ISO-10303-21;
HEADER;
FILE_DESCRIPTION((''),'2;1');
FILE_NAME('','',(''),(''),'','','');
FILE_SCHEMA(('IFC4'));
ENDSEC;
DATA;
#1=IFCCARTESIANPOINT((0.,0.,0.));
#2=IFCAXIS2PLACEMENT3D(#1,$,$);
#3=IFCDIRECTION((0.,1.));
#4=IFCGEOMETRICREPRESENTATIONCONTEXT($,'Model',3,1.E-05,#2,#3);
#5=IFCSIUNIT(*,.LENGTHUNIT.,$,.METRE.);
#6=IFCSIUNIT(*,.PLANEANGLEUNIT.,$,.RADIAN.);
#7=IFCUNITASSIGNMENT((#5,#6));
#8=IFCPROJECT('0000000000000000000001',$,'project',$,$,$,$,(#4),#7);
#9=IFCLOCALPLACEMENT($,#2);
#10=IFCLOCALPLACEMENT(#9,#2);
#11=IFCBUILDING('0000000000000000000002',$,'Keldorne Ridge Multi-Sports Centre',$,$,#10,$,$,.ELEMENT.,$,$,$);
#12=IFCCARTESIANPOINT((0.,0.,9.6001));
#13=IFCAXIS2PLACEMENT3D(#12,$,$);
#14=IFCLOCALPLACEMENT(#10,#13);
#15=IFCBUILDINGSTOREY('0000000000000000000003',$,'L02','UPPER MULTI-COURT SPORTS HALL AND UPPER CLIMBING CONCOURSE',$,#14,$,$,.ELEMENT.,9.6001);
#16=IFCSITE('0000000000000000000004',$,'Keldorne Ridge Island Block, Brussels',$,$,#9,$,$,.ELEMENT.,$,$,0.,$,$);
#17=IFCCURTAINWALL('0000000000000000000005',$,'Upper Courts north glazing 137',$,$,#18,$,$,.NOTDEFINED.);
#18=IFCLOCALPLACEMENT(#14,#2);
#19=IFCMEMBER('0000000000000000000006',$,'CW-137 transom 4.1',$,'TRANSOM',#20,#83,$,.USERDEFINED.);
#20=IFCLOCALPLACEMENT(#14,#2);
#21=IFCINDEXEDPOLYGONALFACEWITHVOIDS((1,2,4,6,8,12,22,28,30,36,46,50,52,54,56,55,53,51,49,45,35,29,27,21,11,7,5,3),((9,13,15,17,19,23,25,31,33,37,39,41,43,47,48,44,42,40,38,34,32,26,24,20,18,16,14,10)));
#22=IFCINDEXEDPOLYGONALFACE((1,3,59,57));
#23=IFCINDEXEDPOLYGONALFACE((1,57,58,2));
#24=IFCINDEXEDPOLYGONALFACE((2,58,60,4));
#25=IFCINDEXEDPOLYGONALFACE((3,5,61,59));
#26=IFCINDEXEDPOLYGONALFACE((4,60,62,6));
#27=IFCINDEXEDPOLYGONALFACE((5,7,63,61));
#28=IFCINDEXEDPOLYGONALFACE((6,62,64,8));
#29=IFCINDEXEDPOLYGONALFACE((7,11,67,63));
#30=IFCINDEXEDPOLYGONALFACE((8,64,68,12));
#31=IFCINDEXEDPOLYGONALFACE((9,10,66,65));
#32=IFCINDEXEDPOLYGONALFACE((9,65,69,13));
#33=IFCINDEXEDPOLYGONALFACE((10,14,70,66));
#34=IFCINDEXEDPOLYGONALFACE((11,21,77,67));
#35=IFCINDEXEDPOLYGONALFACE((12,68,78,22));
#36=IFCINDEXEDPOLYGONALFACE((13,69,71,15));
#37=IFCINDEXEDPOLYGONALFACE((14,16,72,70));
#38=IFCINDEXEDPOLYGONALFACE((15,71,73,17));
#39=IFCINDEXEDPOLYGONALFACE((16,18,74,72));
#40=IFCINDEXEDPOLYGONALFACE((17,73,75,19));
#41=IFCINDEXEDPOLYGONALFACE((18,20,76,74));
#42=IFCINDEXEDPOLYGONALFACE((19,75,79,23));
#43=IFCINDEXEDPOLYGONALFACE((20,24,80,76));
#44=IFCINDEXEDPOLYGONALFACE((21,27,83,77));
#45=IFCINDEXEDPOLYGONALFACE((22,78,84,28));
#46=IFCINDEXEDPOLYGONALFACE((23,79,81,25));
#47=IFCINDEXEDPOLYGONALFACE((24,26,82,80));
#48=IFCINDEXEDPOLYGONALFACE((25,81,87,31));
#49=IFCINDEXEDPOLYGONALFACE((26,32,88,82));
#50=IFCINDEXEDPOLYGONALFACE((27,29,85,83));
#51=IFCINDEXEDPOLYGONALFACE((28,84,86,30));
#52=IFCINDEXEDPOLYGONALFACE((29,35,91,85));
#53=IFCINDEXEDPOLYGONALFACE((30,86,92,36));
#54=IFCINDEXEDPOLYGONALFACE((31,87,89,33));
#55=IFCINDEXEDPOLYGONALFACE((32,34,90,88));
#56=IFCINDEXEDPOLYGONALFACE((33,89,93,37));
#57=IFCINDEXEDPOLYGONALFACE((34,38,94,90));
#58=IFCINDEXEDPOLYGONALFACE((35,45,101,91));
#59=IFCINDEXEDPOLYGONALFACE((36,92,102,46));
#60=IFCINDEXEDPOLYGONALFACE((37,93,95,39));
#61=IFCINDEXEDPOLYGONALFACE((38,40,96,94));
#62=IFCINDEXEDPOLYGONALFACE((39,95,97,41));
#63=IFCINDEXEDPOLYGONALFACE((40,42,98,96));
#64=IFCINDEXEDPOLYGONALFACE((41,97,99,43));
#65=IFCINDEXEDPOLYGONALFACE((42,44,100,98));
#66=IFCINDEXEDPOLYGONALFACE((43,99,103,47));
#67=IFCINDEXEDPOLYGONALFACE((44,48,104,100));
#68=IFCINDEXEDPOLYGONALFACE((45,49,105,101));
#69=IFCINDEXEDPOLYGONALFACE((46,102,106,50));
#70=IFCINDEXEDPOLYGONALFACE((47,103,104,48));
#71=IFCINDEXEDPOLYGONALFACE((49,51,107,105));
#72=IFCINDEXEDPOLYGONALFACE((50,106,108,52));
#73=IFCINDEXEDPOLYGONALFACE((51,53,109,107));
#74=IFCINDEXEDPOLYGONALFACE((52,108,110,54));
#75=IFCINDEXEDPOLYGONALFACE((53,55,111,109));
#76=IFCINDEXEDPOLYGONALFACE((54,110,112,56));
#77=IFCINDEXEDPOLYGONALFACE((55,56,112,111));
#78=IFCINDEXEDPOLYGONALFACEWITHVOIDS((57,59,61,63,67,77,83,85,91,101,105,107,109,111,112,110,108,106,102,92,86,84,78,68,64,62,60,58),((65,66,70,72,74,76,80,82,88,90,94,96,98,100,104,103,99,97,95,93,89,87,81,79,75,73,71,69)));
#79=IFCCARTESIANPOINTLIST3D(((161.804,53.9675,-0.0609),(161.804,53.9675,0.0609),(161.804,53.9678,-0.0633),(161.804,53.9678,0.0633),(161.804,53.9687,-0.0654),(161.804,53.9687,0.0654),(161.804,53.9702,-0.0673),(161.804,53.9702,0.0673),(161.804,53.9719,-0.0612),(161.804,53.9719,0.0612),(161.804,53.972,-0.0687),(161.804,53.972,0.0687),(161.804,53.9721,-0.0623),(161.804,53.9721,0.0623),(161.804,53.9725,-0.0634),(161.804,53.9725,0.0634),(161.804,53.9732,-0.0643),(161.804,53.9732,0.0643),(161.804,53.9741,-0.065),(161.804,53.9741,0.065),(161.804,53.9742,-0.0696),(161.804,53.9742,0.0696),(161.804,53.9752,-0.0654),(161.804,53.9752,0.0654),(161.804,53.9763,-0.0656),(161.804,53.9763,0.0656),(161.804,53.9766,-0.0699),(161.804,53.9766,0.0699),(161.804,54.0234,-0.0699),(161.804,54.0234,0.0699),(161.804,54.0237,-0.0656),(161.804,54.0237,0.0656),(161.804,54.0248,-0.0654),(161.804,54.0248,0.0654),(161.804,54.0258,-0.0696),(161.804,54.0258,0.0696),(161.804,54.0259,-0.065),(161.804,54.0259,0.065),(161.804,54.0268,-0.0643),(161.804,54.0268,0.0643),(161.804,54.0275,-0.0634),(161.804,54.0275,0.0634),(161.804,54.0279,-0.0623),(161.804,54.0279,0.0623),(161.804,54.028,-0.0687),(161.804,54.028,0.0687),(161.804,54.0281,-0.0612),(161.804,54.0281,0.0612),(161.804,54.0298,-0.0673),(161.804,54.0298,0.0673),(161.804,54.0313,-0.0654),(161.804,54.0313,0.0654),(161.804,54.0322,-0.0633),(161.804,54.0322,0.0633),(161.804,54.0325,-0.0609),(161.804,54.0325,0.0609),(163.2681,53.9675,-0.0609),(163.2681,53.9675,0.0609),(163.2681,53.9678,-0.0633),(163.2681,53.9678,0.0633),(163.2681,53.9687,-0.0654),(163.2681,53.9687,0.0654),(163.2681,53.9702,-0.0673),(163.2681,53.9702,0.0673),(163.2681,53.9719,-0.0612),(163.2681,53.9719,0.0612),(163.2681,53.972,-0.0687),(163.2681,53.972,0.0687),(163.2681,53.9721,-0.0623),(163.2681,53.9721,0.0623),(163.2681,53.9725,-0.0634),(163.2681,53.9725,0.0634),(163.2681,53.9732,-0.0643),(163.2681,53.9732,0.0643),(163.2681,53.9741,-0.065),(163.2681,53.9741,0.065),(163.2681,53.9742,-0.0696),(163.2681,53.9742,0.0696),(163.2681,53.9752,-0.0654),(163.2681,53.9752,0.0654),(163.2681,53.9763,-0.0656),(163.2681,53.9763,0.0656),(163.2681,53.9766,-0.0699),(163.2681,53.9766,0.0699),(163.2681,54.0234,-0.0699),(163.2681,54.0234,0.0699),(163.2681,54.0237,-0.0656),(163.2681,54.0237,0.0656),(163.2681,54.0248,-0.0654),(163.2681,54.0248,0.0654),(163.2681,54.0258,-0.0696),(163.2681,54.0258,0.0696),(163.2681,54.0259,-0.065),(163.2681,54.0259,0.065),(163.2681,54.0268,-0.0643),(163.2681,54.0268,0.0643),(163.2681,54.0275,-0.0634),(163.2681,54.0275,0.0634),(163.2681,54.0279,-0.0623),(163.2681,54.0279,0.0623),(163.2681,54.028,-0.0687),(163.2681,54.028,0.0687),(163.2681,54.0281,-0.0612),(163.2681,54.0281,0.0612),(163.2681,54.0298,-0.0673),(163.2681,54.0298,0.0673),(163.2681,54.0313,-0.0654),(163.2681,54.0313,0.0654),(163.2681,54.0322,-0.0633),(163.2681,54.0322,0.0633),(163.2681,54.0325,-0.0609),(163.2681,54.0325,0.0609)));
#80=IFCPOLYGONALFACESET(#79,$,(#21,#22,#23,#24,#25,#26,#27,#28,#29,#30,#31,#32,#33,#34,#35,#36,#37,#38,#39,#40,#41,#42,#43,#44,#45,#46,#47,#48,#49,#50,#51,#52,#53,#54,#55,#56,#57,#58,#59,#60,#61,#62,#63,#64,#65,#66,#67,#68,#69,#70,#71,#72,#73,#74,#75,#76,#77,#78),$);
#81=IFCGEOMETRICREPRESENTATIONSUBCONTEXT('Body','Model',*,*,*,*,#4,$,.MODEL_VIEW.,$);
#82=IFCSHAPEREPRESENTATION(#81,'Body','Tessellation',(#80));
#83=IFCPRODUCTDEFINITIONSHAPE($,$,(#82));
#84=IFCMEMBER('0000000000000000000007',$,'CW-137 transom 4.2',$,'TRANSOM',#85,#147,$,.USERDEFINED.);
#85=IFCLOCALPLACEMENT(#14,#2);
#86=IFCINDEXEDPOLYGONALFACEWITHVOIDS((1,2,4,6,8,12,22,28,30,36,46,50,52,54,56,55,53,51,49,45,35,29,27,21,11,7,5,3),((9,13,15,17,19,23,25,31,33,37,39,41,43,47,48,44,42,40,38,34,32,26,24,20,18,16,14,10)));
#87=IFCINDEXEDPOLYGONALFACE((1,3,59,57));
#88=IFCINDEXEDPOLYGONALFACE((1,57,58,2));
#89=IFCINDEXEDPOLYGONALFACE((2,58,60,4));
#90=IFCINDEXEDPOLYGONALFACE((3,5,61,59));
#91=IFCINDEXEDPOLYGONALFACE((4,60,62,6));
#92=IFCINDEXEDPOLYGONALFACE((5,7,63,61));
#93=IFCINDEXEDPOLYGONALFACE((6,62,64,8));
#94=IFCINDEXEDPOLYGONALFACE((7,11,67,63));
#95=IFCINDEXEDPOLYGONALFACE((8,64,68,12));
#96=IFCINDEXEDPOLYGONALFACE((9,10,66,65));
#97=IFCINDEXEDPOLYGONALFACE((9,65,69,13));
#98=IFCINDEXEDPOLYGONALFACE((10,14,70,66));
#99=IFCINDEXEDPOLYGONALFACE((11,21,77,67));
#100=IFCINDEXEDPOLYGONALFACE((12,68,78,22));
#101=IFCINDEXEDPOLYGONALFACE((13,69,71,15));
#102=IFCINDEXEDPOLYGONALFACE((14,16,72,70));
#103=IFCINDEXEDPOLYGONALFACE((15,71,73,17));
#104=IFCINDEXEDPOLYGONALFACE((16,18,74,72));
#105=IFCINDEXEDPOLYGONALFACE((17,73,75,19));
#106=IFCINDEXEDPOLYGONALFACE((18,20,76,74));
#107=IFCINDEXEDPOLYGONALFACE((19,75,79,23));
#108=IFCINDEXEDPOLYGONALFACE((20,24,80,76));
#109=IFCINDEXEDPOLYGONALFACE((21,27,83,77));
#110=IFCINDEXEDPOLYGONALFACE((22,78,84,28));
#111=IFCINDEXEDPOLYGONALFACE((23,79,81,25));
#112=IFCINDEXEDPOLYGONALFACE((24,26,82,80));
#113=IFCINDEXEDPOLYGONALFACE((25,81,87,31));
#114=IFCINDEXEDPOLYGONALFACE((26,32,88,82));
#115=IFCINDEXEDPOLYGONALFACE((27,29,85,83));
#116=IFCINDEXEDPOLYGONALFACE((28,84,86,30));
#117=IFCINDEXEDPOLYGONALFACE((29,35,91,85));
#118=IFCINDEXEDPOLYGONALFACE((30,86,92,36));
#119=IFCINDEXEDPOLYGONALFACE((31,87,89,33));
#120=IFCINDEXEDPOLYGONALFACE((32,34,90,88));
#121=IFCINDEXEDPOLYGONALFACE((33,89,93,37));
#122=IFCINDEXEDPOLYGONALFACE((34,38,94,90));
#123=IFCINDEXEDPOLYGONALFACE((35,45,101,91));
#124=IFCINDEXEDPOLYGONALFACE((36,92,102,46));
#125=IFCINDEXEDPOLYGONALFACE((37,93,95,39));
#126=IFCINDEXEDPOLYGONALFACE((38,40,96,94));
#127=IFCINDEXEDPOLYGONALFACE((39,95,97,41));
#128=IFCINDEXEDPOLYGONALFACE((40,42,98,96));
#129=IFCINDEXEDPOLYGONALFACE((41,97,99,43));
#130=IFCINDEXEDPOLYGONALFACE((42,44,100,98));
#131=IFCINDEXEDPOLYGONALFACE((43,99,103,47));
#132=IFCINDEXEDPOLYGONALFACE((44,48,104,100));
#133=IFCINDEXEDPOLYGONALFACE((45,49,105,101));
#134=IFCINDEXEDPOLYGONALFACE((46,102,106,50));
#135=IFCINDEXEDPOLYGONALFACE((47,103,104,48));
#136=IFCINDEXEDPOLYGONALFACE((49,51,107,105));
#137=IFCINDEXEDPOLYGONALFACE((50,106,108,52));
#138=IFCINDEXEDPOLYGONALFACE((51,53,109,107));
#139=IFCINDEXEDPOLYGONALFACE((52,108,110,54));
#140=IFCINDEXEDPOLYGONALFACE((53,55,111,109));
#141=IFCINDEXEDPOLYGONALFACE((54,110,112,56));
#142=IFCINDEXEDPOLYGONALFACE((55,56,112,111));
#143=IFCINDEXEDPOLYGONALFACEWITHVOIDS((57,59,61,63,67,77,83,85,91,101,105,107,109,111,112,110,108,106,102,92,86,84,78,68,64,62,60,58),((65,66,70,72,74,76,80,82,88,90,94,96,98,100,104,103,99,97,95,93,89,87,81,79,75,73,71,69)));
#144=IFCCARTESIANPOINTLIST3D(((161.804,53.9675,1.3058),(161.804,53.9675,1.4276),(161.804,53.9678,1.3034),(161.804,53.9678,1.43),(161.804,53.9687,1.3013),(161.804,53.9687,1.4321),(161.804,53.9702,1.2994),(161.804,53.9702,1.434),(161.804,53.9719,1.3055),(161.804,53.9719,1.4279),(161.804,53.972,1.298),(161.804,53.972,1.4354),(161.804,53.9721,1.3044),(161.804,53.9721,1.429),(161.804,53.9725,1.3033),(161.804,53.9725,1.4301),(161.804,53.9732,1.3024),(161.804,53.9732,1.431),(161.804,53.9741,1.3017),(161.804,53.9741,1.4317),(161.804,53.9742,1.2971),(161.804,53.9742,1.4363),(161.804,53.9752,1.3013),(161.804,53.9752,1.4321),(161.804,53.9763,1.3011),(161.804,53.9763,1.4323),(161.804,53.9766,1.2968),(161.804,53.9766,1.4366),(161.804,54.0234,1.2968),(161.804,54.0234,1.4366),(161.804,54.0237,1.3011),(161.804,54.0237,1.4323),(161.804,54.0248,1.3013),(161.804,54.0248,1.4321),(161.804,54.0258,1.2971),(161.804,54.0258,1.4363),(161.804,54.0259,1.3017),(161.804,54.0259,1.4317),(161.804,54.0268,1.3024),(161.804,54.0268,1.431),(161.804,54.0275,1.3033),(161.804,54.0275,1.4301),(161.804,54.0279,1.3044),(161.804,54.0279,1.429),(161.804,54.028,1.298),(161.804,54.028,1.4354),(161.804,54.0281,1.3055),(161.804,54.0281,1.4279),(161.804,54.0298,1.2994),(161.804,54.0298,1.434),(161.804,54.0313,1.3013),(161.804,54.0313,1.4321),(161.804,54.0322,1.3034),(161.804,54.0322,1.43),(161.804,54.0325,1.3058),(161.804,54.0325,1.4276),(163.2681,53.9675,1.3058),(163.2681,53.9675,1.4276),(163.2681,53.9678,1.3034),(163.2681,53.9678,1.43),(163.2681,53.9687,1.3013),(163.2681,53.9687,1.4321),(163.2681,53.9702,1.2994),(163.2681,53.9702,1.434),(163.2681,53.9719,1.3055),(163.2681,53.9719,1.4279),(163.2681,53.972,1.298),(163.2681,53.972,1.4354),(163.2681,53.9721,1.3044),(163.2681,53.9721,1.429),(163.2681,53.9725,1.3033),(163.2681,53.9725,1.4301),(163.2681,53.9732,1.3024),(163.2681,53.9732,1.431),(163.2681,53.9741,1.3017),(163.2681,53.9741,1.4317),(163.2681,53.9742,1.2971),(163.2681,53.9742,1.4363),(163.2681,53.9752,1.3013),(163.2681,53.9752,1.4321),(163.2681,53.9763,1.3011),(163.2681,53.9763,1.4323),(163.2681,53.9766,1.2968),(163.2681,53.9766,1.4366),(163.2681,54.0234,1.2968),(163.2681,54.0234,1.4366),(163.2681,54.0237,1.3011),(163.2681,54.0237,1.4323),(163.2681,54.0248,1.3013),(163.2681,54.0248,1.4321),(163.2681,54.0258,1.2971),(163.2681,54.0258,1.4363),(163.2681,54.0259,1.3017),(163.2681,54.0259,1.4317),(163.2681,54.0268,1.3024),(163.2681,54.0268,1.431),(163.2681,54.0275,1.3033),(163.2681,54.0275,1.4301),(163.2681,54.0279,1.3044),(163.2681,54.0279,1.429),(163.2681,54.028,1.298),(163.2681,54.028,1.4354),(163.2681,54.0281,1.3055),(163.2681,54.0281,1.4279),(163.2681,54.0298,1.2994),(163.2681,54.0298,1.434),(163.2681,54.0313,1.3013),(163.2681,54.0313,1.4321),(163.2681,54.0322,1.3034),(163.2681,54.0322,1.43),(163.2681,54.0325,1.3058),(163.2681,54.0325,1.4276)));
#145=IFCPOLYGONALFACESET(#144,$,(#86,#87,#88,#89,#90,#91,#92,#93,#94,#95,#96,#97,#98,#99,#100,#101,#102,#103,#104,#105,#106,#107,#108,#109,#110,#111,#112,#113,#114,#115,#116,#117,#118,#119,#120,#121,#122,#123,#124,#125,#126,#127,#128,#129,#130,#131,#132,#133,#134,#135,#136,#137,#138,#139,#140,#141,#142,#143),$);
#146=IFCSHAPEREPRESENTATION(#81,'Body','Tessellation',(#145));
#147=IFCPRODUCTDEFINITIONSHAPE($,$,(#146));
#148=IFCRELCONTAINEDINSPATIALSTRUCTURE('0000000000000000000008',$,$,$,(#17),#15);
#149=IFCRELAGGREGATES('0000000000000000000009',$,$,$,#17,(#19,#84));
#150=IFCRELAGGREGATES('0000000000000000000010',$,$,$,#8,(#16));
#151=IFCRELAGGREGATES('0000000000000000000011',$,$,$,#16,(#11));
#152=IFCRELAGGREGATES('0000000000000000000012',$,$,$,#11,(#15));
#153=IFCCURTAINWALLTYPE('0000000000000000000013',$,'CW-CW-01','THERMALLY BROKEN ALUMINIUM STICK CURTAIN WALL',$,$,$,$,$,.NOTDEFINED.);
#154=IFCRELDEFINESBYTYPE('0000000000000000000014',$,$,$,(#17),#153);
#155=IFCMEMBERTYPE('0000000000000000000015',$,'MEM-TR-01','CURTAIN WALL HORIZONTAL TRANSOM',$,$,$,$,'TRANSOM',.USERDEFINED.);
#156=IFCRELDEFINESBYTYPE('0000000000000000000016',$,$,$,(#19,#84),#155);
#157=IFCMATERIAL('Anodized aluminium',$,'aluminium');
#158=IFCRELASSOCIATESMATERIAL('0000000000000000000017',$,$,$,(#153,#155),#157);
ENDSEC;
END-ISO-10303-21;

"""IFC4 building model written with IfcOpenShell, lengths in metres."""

from ifc_helpers import new_model, si_unit, direction, frame, origin, origin_2d, place, context, subcontext, project, spatial, hollow_rectangle, extrude, material, material_profile, profile_set, type_object, element, aggregate, save


model = new_model("IFC4")

# Units and contexts
model_context = context("Model", 3, precision=1e-05, world=origin(), true_north=direction((0.0, 1.0)))
body_context = subcontext(model_context, "Body", "Model", "MODEL_VIEW")
ifc_project = project(units=[si_unit("LENGTHUNIT", "METRE"), si_unit("PLANEANGLEUNIT", "RADIAN")], contexts=[model_context])

# Site, building, storey
site_placement = place(None, origin())
site = spatial("IfcSite", under=ifc_project, at=site_placement, Name="Keldorne Ridge Island Block, Brussels", CompositionType="ELEMENT", RefElevation=0.0)
building_placement = place(site_placement, origin())
building = spatial("IfcBuilding", under=site, at=building_placement, Name="Keldorne Ridge Multi-Sports Centre", CompositionType="ELEMENT")
storey_placement = place(building_placement, frame((0.0, 0.0, 9.6001)))
storey = spatial("IfcBuildingStorey", under=building, at=storey_placement, Name="L02", Description="UPPER MULTI-COURT SPORTS HALL AND UPPER CLIMBING CONCOURSE", CompositionType="ELEMENT", Elevation=9.6001)

# Curtain wall
ifc_material_1 = material(Name="Anodized aluminium", Category="aluminium")
curtain_wall_type_1 = type_object("IfcCurtainWallType", Name="CW-CW-01", Description="THERMALLY BROKEN ALUMINIUM STICK CURTAIN WALL", PredefinedType="NOTDEFINED", material=ifc_material_1)
curtain_wall_1_placement = place(storey_placement, origin())
curtain_wall_1 = element("IfcCurtainWall", 1, at=curtain_wall_1_placement, inside=storey, type_object=curtain_wall_type_1, Name="Upper Courts north glazing 137", PredefinedType="NOTDEFINED")
ifc_material_profile_1 = material_profile(ifc_material_1, hollow_rectangle(XDim=0.0649, YDim=0.1399, WallThickness=0.0044, InnerFilletRadius=0.0044, OuterFilletRadius=0.009, at=origin_2d()), Name="ALU TRANSOM 140x65x4.5")
ifc_profile_set_1 = profile_set([ifc_material_profile_1], Name="Anodized aluminium")
member_type_1 = type_object("IfcMemberType", Name="MEM-TR-01", Description="CURTAIN WALL HORIZONTAL TRANSOM", ElementType="TRANSOM", PredefinedType="USERDEFINED", material=ifc_profile_set_1)

# Members
member_1_placement = place(storey_placement, frame((163.2681, 54.0, 0.0), z_axis=(-1.0, 0.0, 0.0), x_axis=(0.0, -1.0, 0.0)))
member_1 = element("IfcMember", 2, at=member_1_placement, type_object=member_type_1, Name="CW-137 transom 4.1", ObjectType="TRANSOM", PredefinedType="USERDEFINED", context=body_context, shape_type="SweptSolid", body=[
    extrude(hollow_rectangle(XDim=0.0649, YDim=0.1399, WallThickness=0.0044, InnerFilletRadius=0.0044, OuterFilletRadius=0.009, at=origin_2d()), origin(), (0.0, 0.0, 1.0), 1.4641),
])
member_2_placement = place(storey_placement, frame((163.2681, 54.0, 1.3667), z_axis=(-1.0, 0.0, 0.0), x_axis=(0.0, -1.0, 0.0)))
member_2 = element("IfcMember", 3, at=member_2_placement, type_object=member_type_1, Name="CW-137 transom 4.2", ObjectType="TRANSOM", PredefinedType="USERDEFINED", context=body_context, shape_type="SweptSolid", body=[
    extrude(hollow_rectangle(XDim=0.0649, YDim=0.1399, WallThickness=0.0044, InnerFilletRadius=0.0044, OuterFilletRadius=0.009, at=origin_2d()), origin(), (0.0, 0.0, 1.0), 1.4641),
])

aggregate(curtain_wall_1, [member_1, member_2])

save(model, "model.ifc")
